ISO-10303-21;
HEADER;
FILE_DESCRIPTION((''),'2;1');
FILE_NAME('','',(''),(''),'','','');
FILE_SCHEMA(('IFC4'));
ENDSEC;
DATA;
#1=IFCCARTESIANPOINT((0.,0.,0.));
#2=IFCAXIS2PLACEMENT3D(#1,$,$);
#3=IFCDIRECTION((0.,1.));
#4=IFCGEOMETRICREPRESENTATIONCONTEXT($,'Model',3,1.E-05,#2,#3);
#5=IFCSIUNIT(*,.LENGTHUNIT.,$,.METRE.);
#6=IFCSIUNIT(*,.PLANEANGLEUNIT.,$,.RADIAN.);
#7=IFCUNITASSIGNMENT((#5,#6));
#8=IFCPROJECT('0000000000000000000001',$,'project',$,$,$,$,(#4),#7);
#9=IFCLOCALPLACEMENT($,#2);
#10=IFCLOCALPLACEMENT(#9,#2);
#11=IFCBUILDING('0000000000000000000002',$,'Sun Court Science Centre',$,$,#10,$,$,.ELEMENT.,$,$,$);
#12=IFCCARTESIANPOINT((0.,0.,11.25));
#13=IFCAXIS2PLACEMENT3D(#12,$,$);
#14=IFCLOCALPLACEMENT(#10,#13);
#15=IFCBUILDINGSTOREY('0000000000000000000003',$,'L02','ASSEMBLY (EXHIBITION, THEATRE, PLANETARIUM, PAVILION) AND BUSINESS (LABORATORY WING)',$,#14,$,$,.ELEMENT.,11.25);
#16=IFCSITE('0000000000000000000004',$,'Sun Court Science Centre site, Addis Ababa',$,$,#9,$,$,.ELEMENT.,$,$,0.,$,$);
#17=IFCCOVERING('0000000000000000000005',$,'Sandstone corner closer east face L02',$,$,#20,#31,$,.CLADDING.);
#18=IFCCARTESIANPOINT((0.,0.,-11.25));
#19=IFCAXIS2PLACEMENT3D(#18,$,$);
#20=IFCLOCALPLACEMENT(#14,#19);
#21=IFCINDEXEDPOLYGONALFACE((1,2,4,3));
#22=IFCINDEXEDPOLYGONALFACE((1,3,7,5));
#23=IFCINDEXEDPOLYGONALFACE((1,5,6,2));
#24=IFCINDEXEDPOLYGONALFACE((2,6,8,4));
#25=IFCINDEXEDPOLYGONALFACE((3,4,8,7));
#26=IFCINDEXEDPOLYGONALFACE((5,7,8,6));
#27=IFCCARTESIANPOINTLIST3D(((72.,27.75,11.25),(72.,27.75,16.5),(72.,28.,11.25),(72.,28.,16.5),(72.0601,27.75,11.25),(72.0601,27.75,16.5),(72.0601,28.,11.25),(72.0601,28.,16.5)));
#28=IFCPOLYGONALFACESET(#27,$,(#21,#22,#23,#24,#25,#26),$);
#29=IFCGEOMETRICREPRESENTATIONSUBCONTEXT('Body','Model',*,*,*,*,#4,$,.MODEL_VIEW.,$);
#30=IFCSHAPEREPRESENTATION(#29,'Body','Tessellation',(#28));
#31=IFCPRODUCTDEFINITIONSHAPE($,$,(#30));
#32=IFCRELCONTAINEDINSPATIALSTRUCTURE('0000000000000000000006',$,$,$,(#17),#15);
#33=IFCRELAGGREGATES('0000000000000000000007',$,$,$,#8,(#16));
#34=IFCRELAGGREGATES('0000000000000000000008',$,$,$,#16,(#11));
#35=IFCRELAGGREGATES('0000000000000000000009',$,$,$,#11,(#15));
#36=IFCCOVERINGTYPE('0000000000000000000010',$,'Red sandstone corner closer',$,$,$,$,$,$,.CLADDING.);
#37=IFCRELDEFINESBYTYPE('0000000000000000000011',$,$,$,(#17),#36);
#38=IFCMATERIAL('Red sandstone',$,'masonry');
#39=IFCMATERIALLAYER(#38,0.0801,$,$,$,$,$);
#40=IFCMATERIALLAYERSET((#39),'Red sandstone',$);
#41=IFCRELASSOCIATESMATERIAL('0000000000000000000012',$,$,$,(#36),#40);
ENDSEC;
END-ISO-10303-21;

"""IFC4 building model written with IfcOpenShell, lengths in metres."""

from ifc_helpers import new_model, si_unit, direction, frame, origin, origin_2d, place, context, subcontext, project, spatial, rectangle, extrude, material, layer, layer_set, type_object, element, save


model = new_model("IFC4")

# Units and contexts
model_context = context("Model", 3, precision=1e-05, world=origin(), true_north=direction((0.0, 1.0)))
body_context = subcontext(model_context, "Body", "Model", "MODEL_VIEW")
ifc_project = project(units=[si_unit("LENGTHUNIT", "METRE"), si_unit("PLANEANGLEUNIT", "RADIAN")], contexts=[model_context])

# Site, building, storey
site_placement = place(None, origin())
site = spatial("IfcSite", under=ifc_project, at=site_placement, Name="Sun Court Science Centre site, Addis Ababa", CompositionType="ELEMENT", RefElevation=0.0)
building_placement = place(site_placement, origin())
building = spatial("IfcBuilding", under=site, at=building_placement, Name="Sun Court Science Centre", CompositionType="ELEMENT")
storey_placement = place(building_placement, frame((0.0, 0.0, 11.25)))
storey = spatial("IfcBuildingStorey", under=building, at=storey_placement, Name="L02", Description="ASSEMBLY (EXHIBITION, THEATRE, PLANETARIUM, PAVILION) AND BUSINESS (LABORATORY WING)", CompositionType="ELEMENT", Elevation=11.25)

# Covering
ifc_material_1 = material(Name="Red sandstone", Category="masonry")
ifc_layer_1 = layer(ifc_material_1, 0.0801)
ifc_layer_set_1 = layer_set([ifc_layer_1], Name="Red sandstone")
covering_type_1 = type_object("IfcCoveringType", Name="Red sandstone corner closer", PredefinedType="CLADDING", material=ifc_layer_set_1)
covering_1_placement = place(storey_placement, frame((0.0, 0.0, -11.25)))
element("IfcCovering", 1, at=covering_1_placement, inside=storey, type_object=covering_type_1, Name="Sandstone corner closer east face L02", PredefinedType="CLADDING", context=body_context, shape_type="SweptSolid", body=[
    extrude(rectangle(XDim=0.25, YDim=0.0601, at=origin_2d()), frame((72.03, 27.875, 11.25), z_axis=(0.0, 0.0, 1.0), x_axis=(0.0, -1.0, 0.0)), (0.0, 0.0, 1.0), 5.25),
])

save(model, "model.ifc")
